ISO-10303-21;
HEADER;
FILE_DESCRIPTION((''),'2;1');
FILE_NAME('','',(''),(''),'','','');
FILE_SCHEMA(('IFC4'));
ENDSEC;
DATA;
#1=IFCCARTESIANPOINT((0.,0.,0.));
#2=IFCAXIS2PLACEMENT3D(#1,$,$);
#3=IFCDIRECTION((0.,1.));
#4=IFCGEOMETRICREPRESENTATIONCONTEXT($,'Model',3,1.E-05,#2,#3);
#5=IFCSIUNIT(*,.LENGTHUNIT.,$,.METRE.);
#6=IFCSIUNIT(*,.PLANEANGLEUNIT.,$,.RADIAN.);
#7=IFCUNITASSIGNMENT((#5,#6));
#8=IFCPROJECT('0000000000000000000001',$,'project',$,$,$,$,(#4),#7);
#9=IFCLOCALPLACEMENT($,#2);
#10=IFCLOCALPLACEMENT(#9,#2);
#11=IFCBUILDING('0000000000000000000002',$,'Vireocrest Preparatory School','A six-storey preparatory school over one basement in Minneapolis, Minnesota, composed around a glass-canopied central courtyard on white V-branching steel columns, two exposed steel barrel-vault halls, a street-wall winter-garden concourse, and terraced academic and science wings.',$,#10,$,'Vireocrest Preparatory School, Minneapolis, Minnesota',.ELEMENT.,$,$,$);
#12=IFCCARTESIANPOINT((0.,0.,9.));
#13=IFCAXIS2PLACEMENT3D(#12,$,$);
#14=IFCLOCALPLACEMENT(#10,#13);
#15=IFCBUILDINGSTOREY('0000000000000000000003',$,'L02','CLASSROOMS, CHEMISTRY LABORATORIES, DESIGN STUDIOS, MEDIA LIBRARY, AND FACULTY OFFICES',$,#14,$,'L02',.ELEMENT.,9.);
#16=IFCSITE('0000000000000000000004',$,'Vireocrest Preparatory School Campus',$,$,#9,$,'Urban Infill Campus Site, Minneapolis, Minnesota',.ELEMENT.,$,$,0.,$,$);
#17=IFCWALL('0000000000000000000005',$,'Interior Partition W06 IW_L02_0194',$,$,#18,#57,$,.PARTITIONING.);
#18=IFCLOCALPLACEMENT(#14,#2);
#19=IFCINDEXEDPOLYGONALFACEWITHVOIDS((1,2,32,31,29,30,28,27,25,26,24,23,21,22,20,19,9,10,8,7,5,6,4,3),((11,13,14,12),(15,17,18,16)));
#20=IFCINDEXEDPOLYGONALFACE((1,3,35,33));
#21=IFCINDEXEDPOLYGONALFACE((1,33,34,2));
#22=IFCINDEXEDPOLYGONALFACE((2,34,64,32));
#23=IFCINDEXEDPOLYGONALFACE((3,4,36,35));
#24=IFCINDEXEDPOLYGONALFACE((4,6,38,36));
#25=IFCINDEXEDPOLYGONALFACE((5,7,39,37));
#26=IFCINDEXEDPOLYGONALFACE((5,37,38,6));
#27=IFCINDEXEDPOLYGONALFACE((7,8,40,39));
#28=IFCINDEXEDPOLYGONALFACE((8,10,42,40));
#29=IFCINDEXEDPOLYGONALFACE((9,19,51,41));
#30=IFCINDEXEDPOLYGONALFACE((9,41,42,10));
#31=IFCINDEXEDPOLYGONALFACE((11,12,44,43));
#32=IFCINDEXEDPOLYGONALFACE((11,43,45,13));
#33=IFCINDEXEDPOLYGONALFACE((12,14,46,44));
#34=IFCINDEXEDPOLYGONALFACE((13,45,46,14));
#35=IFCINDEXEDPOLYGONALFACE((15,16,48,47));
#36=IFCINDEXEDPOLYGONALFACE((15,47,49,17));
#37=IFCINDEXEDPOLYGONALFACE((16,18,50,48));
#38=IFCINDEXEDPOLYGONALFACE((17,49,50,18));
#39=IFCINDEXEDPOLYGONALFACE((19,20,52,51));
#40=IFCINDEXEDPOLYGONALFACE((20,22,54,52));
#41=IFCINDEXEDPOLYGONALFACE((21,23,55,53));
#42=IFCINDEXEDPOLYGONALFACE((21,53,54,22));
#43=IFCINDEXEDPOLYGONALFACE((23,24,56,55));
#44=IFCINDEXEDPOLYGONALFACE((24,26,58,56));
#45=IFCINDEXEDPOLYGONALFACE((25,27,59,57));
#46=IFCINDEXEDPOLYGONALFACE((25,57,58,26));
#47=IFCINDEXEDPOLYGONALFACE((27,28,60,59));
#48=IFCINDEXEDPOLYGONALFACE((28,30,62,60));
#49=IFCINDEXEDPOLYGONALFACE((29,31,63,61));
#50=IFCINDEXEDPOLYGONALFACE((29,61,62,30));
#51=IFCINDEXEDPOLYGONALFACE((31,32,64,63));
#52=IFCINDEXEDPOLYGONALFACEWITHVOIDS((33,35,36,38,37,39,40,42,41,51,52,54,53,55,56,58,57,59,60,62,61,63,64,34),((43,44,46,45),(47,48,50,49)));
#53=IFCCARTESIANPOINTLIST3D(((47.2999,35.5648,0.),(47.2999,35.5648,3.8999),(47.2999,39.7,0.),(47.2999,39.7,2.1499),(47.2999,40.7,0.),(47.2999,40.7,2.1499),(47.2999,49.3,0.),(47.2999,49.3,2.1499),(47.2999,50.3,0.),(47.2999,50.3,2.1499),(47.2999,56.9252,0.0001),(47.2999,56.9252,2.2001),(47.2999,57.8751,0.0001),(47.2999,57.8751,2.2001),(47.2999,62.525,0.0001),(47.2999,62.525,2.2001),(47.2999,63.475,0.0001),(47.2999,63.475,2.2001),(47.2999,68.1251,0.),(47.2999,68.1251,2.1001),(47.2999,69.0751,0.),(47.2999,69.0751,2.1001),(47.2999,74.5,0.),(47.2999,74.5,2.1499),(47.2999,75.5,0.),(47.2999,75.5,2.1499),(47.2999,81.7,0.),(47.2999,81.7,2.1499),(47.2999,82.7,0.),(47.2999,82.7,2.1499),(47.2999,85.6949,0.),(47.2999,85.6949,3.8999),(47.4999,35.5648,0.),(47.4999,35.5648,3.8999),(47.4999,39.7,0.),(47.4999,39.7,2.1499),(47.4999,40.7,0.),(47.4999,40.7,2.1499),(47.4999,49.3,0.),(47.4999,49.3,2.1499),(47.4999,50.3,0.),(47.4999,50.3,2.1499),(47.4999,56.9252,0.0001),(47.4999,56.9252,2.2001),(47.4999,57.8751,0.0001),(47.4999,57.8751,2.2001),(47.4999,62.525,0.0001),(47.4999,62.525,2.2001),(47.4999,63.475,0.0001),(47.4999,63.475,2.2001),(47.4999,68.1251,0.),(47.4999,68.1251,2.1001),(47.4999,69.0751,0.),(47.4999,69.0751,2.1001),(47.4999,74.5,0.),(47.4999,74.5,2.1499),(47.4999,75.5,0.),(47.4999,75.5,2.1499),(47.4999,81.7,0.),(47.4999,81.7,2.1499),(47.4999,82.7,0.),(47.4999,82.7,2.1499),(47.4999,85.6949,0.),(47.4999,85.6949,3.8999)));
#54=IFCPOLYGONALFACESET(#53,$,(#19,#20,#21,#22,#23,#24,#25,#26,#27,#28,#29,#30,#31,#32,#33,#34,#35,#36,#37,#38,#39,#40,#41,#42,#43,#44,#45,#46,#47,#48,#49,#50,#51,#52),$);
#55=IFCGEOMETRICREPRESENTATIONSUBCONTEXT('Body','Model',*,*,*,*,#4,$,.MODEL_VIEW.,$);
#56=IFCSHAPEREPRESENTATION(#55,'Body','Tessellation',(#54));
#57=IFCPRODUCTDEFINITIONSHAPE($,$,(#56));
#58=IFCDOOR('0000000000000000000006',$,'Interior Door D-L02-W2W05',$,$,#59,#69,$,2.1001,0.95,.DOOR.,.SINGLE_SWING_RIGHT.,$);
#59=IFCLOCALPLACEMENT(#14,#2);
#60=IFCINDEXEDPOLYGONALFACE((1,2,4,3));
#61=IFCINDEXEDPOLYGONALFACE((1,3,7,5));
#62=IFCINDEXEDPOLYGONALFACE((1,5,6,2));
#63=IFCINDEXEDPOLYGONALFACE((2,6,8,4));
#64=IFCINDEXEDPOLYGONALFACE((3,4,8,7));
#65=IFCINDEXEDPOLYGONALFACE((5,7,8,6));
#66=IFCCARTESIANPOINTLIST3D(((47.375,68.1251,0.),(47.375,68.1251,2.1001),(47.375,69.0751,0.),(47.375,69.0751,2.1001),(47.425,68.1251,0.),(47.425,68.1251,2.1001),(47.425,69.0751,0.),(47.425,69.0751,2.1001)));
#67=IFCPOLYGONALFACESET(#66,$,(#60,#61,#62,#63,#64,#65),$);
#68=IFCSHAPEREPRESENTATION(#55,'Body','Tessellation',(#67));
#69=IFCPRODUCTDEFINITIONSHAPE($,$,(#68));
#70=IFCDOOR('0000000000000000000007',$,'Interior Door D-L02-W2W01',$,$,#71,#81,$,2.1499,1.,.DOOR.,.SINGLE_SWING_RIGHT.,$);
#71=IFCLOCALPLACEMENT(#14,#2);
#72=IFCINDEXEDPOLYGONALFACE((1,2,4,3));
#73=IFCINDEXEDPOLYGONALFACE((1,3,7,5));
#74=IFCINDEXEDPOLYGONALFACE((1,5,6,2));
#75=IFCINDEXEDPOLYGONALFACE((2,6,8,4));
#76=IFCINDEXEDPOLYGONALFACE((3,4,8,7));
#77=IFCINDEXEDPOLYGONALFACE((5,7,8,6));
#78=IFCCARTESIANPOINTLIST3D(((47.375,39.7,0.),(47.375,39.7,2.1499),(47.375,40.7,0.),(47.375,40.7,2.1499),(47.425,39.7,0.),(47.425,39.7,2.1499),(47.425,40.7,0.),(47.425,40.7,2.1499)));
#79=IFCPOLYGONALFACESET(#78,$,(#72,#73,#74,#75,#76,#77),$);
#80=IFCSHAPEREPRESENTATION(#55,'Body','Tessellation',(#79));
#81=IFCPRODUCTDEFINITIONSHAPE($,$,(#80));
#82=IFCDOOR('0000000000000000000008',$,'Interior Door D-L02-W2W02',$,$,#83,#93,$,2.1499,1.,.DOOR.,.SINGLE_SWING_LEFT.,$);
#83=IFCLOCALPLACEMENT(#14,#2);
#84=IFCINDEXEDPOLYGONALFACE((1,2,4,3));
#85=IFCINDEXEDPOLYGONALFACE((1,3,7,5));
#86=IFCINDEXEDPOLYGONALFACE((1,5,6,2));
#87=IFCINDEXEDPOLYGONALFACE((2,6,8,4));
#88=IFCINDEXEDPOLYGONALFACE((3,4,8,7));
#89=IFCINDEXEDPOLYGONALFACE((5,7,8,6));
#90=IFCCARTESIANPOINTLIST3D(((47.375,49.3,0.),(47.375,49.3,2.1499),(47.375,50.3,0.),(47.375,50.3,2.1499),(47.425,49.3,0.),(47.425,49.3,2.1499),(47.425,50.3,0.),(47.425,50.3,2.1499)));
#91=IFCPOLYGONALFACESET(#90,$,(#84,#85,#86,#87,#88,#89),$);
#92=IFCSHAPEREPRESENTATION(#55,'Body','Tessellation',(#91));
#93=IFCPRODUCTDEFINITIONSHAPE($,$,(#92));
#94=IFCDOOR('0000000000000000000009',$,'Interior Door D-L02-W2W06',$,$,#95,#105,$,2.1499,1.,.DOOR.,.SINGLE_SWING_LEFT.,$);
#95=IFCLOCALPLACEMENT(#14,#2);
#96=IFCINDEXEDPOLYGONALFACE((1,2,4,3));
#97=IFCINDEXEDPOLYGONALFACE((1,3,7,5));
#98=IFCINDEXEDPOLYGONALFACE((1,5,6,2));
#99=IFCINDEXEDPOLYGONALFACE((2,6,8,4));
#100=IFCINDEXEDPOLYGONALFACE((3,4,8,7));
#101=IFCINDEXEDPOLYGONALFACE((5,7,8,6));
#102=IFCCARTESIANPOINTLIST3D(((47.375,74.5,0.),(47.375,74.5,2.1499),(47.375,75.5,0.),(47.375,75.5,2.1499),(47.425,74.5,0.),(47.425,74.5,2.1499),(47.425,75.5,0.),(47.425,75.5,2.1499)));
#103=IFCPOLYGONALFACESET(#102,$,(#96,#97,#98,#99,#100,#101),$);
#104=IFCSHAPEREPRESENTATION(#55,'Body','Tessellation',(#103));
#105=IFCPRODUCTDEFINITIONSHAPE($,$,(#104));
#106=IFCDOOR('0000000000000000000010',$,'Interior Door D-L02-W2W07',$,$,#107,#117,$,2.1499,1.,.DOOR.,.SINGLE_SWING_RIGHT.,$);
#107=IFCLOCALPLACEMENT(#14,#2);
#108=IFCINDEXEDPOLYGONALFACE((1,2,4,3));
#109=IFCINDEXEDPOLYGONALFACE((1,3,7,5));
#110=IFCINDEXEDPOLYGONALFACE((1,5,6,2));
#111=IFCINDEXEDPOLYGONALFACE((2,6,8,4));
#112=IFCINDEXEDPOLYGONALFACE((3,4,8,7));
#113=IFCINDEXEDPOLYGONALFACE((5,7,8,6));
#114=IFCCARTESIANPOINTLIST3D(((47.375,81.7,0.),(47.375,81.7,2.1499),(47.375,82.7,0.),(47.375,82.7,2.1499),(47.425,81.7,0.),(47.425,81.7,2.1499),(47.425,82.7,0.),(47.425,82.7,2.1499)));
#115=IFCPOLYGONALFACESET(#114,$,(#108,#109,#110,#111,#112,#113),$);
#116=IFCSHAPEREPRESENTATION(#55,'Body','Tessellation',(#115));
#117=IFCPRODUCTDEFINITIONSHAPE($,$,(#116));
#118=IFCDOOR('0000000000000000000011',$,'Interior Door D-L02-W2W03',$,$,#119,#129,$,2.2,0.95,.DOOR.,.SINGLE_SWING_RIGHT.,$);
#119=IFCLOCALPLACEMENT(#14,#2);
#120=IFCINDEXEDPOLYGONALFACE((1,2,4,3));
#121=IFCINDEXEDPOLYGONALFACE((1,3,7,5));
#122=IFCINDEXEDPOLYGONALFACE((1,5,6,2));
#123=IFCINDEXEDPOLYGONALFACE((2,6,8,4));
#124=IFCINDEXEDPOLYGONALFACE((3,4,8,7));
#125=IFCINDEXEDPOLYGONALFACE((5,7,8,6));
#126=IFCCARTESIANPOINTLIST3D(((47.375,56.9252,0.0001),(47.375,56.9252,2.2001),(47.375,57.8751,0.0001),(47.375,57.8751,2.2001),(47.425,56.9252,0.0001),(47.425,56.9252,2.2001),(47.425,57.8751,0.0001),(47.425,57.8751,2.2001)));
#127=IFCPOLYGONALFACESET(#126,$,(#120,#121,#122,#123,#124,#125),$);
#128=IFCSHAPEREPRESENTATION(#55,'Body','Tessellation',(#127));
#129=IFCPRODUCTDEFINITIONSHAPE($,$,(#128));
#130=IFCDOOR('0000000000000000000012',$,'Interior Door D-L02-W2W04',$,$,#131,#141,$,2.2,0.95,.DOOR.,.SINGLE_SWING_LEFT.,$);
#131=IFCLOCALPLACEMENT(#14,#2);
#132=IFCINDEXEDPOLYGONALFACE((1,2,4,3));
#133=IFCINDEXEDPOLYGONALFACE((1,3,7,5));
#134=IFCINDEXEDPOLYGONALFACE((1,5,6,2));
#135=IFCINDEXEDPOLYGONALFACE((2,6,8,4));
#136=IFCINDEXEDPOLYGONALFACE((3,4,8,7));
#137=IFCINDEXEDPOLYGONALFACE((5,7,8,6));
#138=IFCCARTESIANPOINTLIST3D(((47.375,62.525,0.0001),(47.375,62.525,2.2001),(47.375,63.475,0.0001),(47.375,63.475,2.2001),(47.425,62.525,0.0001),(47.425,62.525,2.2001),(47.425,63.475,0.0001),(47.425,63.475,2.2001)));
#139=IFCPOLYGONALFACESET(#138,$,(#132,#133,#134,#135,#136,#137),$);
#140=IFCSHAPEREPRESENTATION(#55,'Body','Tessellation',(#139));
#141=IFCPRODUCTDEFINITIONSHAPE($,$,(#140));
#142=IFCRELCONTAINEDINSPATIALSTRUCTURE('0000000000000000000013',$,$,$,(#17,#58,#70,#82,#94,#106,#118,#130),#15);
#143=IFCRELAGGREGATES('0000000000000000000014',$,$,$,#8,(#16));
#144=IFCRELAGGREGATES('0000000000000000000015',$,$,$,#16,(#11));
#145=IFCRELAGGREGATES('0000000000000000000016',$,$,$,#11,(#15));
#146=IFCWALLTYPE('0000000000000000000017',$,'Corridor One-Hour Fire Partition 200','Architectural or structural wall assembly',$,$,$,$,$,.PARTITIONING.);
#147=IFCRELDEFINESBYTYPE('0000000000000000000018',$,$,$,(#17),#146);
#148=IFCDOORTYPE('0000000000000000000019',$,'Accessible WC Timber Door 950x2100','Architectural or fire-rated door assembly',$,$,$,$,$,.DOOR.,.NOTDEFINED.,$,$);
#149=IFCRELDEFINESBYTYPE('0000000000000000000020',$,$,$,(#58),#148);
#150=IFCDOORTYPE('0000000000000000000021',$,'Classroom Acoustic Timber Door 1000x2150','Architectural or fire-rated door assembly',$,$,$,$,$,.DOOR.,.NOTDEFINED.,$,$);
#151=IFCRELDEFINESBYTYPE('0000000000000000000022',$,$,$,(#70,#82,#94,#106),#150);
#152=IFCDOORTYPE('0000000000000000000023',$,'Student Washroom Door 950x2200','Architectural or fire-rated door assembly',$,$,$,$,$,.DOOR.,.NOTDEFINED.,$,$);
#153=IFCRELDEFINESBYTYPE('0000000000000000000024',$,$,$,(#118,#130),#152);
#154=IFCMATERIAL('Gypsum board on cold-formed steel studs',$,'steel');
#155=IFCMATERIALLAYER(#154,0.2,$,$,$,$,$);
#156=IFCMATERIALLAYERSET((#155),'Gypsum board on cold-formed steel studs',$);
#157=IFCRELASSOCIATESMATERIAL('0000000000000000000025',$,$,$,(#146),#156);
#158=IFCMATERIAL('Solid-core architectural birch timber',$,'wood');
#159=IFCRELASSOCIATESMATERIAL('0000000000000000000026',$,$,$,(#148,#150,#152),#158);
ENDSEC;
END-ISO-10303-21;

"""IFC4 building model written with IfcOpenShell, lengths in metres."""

from ifc_helpers import new_model, si_unit, direction, frame, frame_2d, origin, place, context, subcontext, project, spatial, rectangle, extrude, material, layer, layer_set, type_object, element, fill, save


model = new_model("IFC4")

# Units and contexts
model_context = context("Model", 3, precision=1e-05, world=origin(), true_north=direction((0.0, 1.0)))
body_context = subcontext(model_context, "Body", "Model", "MODEL_VIEW")
ifc_project = project(units=[si_unit("LENGTHUNIT", "METRE"), si_unit("PLANEANGLEUNIT", "RADIAN")], contexts=[model_context])

# Site, building, storey
site_placement = place(None, origin())
site = spatial("IfcSite", under=ifc_project, at=site_placement, Name="Vireocrest Preparatory School Campus", LongName="Urban Infill Campus Site, Minneapolis, Minnesota", CompositionType="ELEMENT", RefElevation=0.0)
building_placement = place(site_placement, origin())
building = spatial("IfcBuilding", under=site, at=building_placement, Name="Vireocrest Preparatory School", Description="A six-storey preparatory school over one basement in Minneapolis, Minnesota, composed around a glass-canopied central courtyard on white V-branching steel columns, two exposed steel barrel-vault halls, a street-wall winter-garden concourse, and terraced academic and science wings.", LongName="Vireocrest Preparatory School, Minneapolis, Minnesota", CompositionType="ELEMENT")
storey_placement = place(building_placement, frame((0.0, 0.0, 9.0)))
storey = spatial("IfcBuildingStorey", under=building, at=storey_placement, Name="L02", Description="CLASSROOMS, CHEMISTRY LABORATORIES, DESIGN STUDIOS, MEDIA LIBRARY, AND FACULTY OFFICES", LongName="L02", CompositionType="ELEMENT", Elevation=9.0)

# Wall, openings, doors
ifc_material_1 = material(Name="Gypsum board on cold-formed steel studs", Category="steel")
ifc_layer_1 = layer(ifc_material_1, 0.2)
ifc_layer_set_1 = layer_set([ifc_layer_1], Name="Gypsum board on cold-formed steel studs")
wall_type_1 = type_object("IfcWallType", Name="Corridor One-Hour Fire Partition 200", Description="Architectural or structural wall assembly", PredefinedType="PARTITIONING", material=ifc_layer_set_1)
wall_1_placement = place(storey_placement, frame((47.3999, 35.5649, 0.0), z_axis=(0.0, 0.0, 1.0), x_axis=(0.0, 1.0, 0.0)))
wall_1 = element("IfcWall", 1, at=wall_1_placement, inside=storey, type_object=wall_type_1, Name="Interior Partition W06 IW_L02_0194", PredefinedType="PARTITIONING", context=body_context, shape_type="SweptSolid", body=[
    extrude(rectangle(XDim=50.1301, YDim=0.2, at=frame_2d((25.0649, 0.0))), origin(), (0.0, 0.0, 1.0), 3.8999),
])
opening_1_placement = place(wall_1_placement, frame((4.135, 0.0, 0.0)))
opening_1 = element("IfcOpeningElement", 2, at=opening_1_placement, cuts=wall_1, PredefinedType="OPENING", context=body_context, shape_type="SweptSolid", body=[
    extrude(rectangle(XDim=1.0, YDim=2.1499, at=frame_2d((0.5, 1.075))), frame((0.0, 0.1099, 0.0), z_axis=(0.0, -1.0, 0.0), x_axis=(1.0, 0.0, 0.0)), (0.0, 0.0, 1.0), 0.22),
])
opening_2_placement = place(wall_1_placement, frame((13.7351, 0.0, 0.0)))
opening_2 = element("IfcOpeningElement", 3, at=opening_2_placement, cuts=wall_1, PredefinedType="OPENING", context=body_context, shape_type="SweptSolid", body=[
    extrude(rectangle(XDim=1.0, YDim=2.1499, at=frame_2d((0.5, 1.075))), frame((0.0, 0.1099, 0.0), z_axis=(0.0, -1.0, 0.0), x_axis=(1.0, 0.0, 0.0)), (0.0, 0.0, 1.0), 0.22),
])
opening_3_placement = place(wall_1_placement, frame((21.3601, 0.0, 0.0)))
opening_3 = element("IfcOpeningElement", 4, at=opening_3_placement, cuts=wall_1, PredefinedType="OPENING", context=body_context, shape_type="SweptSolid", body=[
    extrude(rectangle(XDim=0.95, YDim=2.2, at=frame_2d((0.4751, 1.1001))), frame((0.0, 0.1099, 0.0), z_axis=(0.0, -1.0, 0.0), x_axis=(1.0, 0.0, 0.0)), (0.0, 0.0, 1.0), 0.22),
])
opening_4_placement = place(wall_1_placement, frame((26.96, 0.0, 0.0)))
opening_4 = element("IfcOpeningElement", 5, at=opening_4_placement, cuts=wall_1, PredefinedType="OPENING", context=body_context, shape_type="SweptSolid", body=[
    extrude(rectangle(XDim=0.95, YDim=2.2, at=frame_2d((0.4751, 1.1001))), frame((0.0, 0.1099, 0.0), z_axis=(0.0, -1.0, 0.0), x_axis=(1.0, 0.0, 0.0)), (0.0, 0.0, 1.0), 0.22),
])
opening_5_placement = place(wall_1_placement, frame((32.5601, 0.0, 0.0)))
opening_5 = element("IfcOpeningElement", 6, at=opening_5_placement, cuts=wall_1, PredefinedType="OPENING", context=body_context, shape_type="SweptSolid", body=[
    extrude(rectangle(XDim=0.95, YDim=2.1001, at=frame_2d((0.4751, 1.05))), frame((0.0, 0.1099, 0.0), z_axis=(0.0, -1.0, 0.0), x_axis=(1.0, 0.0, 0.0)), (0.0, 0.0, 1.0), 0.22),
])
opening_6_placement = place(wall_1_placement, frame((38.9351, 0.0, 0.0)))
opening_6 = element("IfcOpeningElement", 7, at=opening_6_placement, cuts=wall_1, PredefinedType="OPENING", context=body_context, shape_type="SweptSolid", body=[
    extrude(rectangle(XDim=1.0, YDim=2.1499, at=frame_2d((0.5, 1.075))), frame((0.0, 0.1099, 0.0), z_axis=(0.0, -1.0, 0.0), x_axis=(1.0, 0.0, 0.0)), (0.0, 0.0, 1.0), 0.22),
])
opening_7_placement = place(wall_1_placement, frame((46.135, 0.0, 0.0)))
opening_7 = element("IfcOpeningElement", 8, at=opening_7_placement, cuts=wall_1, PredefinedType="OPENING", context=body_context, shape_type="SweptSolid", body=[
    extrude(rectangle(XDim=1.0, YDim=2.1499, at=frame_2d((0.5, 1.075))), frame((0.0, 0.1099, 0.0), z_axis=(0.0, -1.0, 0.0), x_axis=(1.0, 0.0, 0.0)), (0.0, 0.0, 1.0), 0.22),
])
ifc_material_2 = material(Name="Solid-core architectural birch timber", Category="wood")
door_type_1 = type_object("IfcDoorType", Name="Accessible WC Timber Door 950x2100", Description="Architectural or fire-rated door assembly", OperationType="NOTDEFINED", PredefinedType="DOOR", material=ifc_material_2)
door_1_placement = place(opening_5_placement, origin())
door_1 = element("IfcDoor", 9, at=door_1_placement, inside=storey, type_object=door_type_1, Name="Interior Door D-L02-W2W05", OperationType="SINGLE_SWING_RIGHT", OverallHeight=2.1001, OverallWidth=0.95, PredefinedType="DOOR", context=body_context, shape_type="SweptSolid", body=[
    extrude(rectangle(XDim=0.95, YDim=2.1001, at=frame_2d((0.4751, 1.05))), frame((0.0, 0.0249, 0.0), z_axis=(0.0, -1.0, 0.0), x_axis=(1.0, 0.0, 0.0)), (0.0, 0.0, 1.0), 0.05),
])
fill(opening_5, door_1)
door_type_2 = type_object("IfcDoorType", Name="Classroom Acoustic Timber Door 1000x2150", Description="Architectural or fire-rated door assembly", OperationType="NOTDEFINED", PredefinedType="DOOR", material=ifc_material_2)
door_2_placement = place(opening_1_placement, origin())
door_2 = element("IfcDoor", 10, at=door_2_placement, inside=storey, type_object=door_type_2, Name="Interior Door D-L02-W2W01", OperationType="SINGLE_SWING_RIGHT", OverallHeight=2.1499, OverallWidth=1.0, PredefinedType="DOOR", context=body_context, shape_type="SweptSolid", body=[
    extrude(rectangle(XDim=1.0, YDim=2.1499, at=frame_2d((0.5, 1.075))), frame((0.0, 0.0249, 0.0), z_axis=(0.0, -1.0, 0.0), x_axis=(1.0, 0.0, 0.0)), (0.0, 0.0, 1.0), 0.05),
])
fill(opening_1, door_2)
door_3_placement = place(opening_2_placement, origin())
door_3 = element("IfcDoor", 11, at=door_3_placement, inside=storey, type_object=door_type_2, Name="Interior Door D-L02-W2W02", OperationType="SINGLE_SWING_LEFT", OverallHeight=2.1499, OverallWidth=1.0, PredefinedType="DOOR", context=body_context, shape_type="SweptSolid", body=[
    extrude(rectangle(XDim=1.0, YDim=2.1499, at=frame_2d((0.5, 1.075))), frame((0.0, 0.0249, 0.0), z_axis=(0.0, -1.0, 0.0), x_axis=(1.0, 0.0, 0.0)), (0.0, 0.0, 1.0), 0.05),
])
fill(opening_2, door_3)
door_4_placement = place(opening_6_placement, origin())
door_4 = element("IfcDoor", 12, at=door_4_placement, inside=storey, type_object=door_type_2, Name="Interior Door D-L02-W2W06", OperationType="SINGLE_SWING_LEFT", OverallHeight=2.1499, OverallWidth=1.0, PredefinedType="DOOR", context=body_context, shape_type="SweptSolid", body=[
    extrude(rectangle(XDim=1.0, YDim=2.1499, at=frame_2d((0.5, 1.075))), frame((0.0, 0.0249, 0.0), z_axis=(0.0, -1.0, 0.0), x_axis=(1.0, 0.0, 0.0)), (0.0, 0.0, 1.0), 0.05),
])
fill(opening_6, door_4)
door_5_placement = place(opening_7_placement, origin())
door_5 = element("IfcDoor", 13, at=door_5_placement, inside=storey, type_object=door_type_2, Name="Interior Door D-L02-W2W07", OperationType="SINGLE_SWING_RIGHT", OverallHeight=2.1499, OverallWidth=1.0, PredefinedType="DOOR", context=body_context, shape_type="SweptSolid", body=[
    extrude(rectangle(XDim=1.0, YDim=2.1499, at=frame_2d((0.5, 1.075))), frame((0.0, 0.0249, 0.0), z_axis=(0.0, -1.0, 0.0), x_axis=(1.0, 0.0, 0.0)), (0.0, 0.0, 1.0), 0.05),
])
fill(opening_7, door_5)
door_type_3 = type_object("IfcDoorType", Name="Student Washroom Door 950x2200", Description="Architectural or fire-rated door assembly", OperationType="NOTDEFINED", PredefinedType="DOOR", material=ifc_material_2)
door_6_placement = place(opening_3_placement, origin())
door_6 = element("IfcDoor", 14, at=door_6_placement, inside=storey, type_object=door_type_3, Name="Interior Door D-L02-W2W03", OperationType="SINGLE_SWING_RIGHT", OverallHeight=2.2, OverallWidth=0.95, PredefinedType="DOOR", context=body_context, shape_type="SweptSolid", body=[
    extrude(rectangle(XDim=0.95, YDim=2.2, at=frame_2d((0.4751, 1.1001))), frame((0.0, 0.0249, 0.0), z_axis=(0.0, -1.0, 0.0), x_axis=(1.0, 0.0, 0.0)), (0.0, 0.0, 1.0), 0.05),
])
fill(opening_3, door_6)
door_7_placement = place(opening_4_placement, origin())
door_7 = element("IfcDoor", 15, at=door_7_placement, inside=storey, type_object=door_type_3, Name="Interior Door D-L02-W2W04", OperationType="SINGLE_SWING_LEFT", OverallHeight=2.2, OverallWidth=0.95, PredefinedType="DOOR", context=body_context, shape_type="SweptSolid", body=[
    extrude(rectangle(XDim=0.95, YDim=2.2, at=frame_2d((0.4751, 1.1001))), frame((0.0, 0.0249, 0.0), z_axis=(0.0, -1.0, 0.0), x_axis=(1.0, 0.0, 0.0)), (0.0, 0.0, 1.0), 0.05),
])
fill(opening_4, door_7)

save(model, "model.ifc")
